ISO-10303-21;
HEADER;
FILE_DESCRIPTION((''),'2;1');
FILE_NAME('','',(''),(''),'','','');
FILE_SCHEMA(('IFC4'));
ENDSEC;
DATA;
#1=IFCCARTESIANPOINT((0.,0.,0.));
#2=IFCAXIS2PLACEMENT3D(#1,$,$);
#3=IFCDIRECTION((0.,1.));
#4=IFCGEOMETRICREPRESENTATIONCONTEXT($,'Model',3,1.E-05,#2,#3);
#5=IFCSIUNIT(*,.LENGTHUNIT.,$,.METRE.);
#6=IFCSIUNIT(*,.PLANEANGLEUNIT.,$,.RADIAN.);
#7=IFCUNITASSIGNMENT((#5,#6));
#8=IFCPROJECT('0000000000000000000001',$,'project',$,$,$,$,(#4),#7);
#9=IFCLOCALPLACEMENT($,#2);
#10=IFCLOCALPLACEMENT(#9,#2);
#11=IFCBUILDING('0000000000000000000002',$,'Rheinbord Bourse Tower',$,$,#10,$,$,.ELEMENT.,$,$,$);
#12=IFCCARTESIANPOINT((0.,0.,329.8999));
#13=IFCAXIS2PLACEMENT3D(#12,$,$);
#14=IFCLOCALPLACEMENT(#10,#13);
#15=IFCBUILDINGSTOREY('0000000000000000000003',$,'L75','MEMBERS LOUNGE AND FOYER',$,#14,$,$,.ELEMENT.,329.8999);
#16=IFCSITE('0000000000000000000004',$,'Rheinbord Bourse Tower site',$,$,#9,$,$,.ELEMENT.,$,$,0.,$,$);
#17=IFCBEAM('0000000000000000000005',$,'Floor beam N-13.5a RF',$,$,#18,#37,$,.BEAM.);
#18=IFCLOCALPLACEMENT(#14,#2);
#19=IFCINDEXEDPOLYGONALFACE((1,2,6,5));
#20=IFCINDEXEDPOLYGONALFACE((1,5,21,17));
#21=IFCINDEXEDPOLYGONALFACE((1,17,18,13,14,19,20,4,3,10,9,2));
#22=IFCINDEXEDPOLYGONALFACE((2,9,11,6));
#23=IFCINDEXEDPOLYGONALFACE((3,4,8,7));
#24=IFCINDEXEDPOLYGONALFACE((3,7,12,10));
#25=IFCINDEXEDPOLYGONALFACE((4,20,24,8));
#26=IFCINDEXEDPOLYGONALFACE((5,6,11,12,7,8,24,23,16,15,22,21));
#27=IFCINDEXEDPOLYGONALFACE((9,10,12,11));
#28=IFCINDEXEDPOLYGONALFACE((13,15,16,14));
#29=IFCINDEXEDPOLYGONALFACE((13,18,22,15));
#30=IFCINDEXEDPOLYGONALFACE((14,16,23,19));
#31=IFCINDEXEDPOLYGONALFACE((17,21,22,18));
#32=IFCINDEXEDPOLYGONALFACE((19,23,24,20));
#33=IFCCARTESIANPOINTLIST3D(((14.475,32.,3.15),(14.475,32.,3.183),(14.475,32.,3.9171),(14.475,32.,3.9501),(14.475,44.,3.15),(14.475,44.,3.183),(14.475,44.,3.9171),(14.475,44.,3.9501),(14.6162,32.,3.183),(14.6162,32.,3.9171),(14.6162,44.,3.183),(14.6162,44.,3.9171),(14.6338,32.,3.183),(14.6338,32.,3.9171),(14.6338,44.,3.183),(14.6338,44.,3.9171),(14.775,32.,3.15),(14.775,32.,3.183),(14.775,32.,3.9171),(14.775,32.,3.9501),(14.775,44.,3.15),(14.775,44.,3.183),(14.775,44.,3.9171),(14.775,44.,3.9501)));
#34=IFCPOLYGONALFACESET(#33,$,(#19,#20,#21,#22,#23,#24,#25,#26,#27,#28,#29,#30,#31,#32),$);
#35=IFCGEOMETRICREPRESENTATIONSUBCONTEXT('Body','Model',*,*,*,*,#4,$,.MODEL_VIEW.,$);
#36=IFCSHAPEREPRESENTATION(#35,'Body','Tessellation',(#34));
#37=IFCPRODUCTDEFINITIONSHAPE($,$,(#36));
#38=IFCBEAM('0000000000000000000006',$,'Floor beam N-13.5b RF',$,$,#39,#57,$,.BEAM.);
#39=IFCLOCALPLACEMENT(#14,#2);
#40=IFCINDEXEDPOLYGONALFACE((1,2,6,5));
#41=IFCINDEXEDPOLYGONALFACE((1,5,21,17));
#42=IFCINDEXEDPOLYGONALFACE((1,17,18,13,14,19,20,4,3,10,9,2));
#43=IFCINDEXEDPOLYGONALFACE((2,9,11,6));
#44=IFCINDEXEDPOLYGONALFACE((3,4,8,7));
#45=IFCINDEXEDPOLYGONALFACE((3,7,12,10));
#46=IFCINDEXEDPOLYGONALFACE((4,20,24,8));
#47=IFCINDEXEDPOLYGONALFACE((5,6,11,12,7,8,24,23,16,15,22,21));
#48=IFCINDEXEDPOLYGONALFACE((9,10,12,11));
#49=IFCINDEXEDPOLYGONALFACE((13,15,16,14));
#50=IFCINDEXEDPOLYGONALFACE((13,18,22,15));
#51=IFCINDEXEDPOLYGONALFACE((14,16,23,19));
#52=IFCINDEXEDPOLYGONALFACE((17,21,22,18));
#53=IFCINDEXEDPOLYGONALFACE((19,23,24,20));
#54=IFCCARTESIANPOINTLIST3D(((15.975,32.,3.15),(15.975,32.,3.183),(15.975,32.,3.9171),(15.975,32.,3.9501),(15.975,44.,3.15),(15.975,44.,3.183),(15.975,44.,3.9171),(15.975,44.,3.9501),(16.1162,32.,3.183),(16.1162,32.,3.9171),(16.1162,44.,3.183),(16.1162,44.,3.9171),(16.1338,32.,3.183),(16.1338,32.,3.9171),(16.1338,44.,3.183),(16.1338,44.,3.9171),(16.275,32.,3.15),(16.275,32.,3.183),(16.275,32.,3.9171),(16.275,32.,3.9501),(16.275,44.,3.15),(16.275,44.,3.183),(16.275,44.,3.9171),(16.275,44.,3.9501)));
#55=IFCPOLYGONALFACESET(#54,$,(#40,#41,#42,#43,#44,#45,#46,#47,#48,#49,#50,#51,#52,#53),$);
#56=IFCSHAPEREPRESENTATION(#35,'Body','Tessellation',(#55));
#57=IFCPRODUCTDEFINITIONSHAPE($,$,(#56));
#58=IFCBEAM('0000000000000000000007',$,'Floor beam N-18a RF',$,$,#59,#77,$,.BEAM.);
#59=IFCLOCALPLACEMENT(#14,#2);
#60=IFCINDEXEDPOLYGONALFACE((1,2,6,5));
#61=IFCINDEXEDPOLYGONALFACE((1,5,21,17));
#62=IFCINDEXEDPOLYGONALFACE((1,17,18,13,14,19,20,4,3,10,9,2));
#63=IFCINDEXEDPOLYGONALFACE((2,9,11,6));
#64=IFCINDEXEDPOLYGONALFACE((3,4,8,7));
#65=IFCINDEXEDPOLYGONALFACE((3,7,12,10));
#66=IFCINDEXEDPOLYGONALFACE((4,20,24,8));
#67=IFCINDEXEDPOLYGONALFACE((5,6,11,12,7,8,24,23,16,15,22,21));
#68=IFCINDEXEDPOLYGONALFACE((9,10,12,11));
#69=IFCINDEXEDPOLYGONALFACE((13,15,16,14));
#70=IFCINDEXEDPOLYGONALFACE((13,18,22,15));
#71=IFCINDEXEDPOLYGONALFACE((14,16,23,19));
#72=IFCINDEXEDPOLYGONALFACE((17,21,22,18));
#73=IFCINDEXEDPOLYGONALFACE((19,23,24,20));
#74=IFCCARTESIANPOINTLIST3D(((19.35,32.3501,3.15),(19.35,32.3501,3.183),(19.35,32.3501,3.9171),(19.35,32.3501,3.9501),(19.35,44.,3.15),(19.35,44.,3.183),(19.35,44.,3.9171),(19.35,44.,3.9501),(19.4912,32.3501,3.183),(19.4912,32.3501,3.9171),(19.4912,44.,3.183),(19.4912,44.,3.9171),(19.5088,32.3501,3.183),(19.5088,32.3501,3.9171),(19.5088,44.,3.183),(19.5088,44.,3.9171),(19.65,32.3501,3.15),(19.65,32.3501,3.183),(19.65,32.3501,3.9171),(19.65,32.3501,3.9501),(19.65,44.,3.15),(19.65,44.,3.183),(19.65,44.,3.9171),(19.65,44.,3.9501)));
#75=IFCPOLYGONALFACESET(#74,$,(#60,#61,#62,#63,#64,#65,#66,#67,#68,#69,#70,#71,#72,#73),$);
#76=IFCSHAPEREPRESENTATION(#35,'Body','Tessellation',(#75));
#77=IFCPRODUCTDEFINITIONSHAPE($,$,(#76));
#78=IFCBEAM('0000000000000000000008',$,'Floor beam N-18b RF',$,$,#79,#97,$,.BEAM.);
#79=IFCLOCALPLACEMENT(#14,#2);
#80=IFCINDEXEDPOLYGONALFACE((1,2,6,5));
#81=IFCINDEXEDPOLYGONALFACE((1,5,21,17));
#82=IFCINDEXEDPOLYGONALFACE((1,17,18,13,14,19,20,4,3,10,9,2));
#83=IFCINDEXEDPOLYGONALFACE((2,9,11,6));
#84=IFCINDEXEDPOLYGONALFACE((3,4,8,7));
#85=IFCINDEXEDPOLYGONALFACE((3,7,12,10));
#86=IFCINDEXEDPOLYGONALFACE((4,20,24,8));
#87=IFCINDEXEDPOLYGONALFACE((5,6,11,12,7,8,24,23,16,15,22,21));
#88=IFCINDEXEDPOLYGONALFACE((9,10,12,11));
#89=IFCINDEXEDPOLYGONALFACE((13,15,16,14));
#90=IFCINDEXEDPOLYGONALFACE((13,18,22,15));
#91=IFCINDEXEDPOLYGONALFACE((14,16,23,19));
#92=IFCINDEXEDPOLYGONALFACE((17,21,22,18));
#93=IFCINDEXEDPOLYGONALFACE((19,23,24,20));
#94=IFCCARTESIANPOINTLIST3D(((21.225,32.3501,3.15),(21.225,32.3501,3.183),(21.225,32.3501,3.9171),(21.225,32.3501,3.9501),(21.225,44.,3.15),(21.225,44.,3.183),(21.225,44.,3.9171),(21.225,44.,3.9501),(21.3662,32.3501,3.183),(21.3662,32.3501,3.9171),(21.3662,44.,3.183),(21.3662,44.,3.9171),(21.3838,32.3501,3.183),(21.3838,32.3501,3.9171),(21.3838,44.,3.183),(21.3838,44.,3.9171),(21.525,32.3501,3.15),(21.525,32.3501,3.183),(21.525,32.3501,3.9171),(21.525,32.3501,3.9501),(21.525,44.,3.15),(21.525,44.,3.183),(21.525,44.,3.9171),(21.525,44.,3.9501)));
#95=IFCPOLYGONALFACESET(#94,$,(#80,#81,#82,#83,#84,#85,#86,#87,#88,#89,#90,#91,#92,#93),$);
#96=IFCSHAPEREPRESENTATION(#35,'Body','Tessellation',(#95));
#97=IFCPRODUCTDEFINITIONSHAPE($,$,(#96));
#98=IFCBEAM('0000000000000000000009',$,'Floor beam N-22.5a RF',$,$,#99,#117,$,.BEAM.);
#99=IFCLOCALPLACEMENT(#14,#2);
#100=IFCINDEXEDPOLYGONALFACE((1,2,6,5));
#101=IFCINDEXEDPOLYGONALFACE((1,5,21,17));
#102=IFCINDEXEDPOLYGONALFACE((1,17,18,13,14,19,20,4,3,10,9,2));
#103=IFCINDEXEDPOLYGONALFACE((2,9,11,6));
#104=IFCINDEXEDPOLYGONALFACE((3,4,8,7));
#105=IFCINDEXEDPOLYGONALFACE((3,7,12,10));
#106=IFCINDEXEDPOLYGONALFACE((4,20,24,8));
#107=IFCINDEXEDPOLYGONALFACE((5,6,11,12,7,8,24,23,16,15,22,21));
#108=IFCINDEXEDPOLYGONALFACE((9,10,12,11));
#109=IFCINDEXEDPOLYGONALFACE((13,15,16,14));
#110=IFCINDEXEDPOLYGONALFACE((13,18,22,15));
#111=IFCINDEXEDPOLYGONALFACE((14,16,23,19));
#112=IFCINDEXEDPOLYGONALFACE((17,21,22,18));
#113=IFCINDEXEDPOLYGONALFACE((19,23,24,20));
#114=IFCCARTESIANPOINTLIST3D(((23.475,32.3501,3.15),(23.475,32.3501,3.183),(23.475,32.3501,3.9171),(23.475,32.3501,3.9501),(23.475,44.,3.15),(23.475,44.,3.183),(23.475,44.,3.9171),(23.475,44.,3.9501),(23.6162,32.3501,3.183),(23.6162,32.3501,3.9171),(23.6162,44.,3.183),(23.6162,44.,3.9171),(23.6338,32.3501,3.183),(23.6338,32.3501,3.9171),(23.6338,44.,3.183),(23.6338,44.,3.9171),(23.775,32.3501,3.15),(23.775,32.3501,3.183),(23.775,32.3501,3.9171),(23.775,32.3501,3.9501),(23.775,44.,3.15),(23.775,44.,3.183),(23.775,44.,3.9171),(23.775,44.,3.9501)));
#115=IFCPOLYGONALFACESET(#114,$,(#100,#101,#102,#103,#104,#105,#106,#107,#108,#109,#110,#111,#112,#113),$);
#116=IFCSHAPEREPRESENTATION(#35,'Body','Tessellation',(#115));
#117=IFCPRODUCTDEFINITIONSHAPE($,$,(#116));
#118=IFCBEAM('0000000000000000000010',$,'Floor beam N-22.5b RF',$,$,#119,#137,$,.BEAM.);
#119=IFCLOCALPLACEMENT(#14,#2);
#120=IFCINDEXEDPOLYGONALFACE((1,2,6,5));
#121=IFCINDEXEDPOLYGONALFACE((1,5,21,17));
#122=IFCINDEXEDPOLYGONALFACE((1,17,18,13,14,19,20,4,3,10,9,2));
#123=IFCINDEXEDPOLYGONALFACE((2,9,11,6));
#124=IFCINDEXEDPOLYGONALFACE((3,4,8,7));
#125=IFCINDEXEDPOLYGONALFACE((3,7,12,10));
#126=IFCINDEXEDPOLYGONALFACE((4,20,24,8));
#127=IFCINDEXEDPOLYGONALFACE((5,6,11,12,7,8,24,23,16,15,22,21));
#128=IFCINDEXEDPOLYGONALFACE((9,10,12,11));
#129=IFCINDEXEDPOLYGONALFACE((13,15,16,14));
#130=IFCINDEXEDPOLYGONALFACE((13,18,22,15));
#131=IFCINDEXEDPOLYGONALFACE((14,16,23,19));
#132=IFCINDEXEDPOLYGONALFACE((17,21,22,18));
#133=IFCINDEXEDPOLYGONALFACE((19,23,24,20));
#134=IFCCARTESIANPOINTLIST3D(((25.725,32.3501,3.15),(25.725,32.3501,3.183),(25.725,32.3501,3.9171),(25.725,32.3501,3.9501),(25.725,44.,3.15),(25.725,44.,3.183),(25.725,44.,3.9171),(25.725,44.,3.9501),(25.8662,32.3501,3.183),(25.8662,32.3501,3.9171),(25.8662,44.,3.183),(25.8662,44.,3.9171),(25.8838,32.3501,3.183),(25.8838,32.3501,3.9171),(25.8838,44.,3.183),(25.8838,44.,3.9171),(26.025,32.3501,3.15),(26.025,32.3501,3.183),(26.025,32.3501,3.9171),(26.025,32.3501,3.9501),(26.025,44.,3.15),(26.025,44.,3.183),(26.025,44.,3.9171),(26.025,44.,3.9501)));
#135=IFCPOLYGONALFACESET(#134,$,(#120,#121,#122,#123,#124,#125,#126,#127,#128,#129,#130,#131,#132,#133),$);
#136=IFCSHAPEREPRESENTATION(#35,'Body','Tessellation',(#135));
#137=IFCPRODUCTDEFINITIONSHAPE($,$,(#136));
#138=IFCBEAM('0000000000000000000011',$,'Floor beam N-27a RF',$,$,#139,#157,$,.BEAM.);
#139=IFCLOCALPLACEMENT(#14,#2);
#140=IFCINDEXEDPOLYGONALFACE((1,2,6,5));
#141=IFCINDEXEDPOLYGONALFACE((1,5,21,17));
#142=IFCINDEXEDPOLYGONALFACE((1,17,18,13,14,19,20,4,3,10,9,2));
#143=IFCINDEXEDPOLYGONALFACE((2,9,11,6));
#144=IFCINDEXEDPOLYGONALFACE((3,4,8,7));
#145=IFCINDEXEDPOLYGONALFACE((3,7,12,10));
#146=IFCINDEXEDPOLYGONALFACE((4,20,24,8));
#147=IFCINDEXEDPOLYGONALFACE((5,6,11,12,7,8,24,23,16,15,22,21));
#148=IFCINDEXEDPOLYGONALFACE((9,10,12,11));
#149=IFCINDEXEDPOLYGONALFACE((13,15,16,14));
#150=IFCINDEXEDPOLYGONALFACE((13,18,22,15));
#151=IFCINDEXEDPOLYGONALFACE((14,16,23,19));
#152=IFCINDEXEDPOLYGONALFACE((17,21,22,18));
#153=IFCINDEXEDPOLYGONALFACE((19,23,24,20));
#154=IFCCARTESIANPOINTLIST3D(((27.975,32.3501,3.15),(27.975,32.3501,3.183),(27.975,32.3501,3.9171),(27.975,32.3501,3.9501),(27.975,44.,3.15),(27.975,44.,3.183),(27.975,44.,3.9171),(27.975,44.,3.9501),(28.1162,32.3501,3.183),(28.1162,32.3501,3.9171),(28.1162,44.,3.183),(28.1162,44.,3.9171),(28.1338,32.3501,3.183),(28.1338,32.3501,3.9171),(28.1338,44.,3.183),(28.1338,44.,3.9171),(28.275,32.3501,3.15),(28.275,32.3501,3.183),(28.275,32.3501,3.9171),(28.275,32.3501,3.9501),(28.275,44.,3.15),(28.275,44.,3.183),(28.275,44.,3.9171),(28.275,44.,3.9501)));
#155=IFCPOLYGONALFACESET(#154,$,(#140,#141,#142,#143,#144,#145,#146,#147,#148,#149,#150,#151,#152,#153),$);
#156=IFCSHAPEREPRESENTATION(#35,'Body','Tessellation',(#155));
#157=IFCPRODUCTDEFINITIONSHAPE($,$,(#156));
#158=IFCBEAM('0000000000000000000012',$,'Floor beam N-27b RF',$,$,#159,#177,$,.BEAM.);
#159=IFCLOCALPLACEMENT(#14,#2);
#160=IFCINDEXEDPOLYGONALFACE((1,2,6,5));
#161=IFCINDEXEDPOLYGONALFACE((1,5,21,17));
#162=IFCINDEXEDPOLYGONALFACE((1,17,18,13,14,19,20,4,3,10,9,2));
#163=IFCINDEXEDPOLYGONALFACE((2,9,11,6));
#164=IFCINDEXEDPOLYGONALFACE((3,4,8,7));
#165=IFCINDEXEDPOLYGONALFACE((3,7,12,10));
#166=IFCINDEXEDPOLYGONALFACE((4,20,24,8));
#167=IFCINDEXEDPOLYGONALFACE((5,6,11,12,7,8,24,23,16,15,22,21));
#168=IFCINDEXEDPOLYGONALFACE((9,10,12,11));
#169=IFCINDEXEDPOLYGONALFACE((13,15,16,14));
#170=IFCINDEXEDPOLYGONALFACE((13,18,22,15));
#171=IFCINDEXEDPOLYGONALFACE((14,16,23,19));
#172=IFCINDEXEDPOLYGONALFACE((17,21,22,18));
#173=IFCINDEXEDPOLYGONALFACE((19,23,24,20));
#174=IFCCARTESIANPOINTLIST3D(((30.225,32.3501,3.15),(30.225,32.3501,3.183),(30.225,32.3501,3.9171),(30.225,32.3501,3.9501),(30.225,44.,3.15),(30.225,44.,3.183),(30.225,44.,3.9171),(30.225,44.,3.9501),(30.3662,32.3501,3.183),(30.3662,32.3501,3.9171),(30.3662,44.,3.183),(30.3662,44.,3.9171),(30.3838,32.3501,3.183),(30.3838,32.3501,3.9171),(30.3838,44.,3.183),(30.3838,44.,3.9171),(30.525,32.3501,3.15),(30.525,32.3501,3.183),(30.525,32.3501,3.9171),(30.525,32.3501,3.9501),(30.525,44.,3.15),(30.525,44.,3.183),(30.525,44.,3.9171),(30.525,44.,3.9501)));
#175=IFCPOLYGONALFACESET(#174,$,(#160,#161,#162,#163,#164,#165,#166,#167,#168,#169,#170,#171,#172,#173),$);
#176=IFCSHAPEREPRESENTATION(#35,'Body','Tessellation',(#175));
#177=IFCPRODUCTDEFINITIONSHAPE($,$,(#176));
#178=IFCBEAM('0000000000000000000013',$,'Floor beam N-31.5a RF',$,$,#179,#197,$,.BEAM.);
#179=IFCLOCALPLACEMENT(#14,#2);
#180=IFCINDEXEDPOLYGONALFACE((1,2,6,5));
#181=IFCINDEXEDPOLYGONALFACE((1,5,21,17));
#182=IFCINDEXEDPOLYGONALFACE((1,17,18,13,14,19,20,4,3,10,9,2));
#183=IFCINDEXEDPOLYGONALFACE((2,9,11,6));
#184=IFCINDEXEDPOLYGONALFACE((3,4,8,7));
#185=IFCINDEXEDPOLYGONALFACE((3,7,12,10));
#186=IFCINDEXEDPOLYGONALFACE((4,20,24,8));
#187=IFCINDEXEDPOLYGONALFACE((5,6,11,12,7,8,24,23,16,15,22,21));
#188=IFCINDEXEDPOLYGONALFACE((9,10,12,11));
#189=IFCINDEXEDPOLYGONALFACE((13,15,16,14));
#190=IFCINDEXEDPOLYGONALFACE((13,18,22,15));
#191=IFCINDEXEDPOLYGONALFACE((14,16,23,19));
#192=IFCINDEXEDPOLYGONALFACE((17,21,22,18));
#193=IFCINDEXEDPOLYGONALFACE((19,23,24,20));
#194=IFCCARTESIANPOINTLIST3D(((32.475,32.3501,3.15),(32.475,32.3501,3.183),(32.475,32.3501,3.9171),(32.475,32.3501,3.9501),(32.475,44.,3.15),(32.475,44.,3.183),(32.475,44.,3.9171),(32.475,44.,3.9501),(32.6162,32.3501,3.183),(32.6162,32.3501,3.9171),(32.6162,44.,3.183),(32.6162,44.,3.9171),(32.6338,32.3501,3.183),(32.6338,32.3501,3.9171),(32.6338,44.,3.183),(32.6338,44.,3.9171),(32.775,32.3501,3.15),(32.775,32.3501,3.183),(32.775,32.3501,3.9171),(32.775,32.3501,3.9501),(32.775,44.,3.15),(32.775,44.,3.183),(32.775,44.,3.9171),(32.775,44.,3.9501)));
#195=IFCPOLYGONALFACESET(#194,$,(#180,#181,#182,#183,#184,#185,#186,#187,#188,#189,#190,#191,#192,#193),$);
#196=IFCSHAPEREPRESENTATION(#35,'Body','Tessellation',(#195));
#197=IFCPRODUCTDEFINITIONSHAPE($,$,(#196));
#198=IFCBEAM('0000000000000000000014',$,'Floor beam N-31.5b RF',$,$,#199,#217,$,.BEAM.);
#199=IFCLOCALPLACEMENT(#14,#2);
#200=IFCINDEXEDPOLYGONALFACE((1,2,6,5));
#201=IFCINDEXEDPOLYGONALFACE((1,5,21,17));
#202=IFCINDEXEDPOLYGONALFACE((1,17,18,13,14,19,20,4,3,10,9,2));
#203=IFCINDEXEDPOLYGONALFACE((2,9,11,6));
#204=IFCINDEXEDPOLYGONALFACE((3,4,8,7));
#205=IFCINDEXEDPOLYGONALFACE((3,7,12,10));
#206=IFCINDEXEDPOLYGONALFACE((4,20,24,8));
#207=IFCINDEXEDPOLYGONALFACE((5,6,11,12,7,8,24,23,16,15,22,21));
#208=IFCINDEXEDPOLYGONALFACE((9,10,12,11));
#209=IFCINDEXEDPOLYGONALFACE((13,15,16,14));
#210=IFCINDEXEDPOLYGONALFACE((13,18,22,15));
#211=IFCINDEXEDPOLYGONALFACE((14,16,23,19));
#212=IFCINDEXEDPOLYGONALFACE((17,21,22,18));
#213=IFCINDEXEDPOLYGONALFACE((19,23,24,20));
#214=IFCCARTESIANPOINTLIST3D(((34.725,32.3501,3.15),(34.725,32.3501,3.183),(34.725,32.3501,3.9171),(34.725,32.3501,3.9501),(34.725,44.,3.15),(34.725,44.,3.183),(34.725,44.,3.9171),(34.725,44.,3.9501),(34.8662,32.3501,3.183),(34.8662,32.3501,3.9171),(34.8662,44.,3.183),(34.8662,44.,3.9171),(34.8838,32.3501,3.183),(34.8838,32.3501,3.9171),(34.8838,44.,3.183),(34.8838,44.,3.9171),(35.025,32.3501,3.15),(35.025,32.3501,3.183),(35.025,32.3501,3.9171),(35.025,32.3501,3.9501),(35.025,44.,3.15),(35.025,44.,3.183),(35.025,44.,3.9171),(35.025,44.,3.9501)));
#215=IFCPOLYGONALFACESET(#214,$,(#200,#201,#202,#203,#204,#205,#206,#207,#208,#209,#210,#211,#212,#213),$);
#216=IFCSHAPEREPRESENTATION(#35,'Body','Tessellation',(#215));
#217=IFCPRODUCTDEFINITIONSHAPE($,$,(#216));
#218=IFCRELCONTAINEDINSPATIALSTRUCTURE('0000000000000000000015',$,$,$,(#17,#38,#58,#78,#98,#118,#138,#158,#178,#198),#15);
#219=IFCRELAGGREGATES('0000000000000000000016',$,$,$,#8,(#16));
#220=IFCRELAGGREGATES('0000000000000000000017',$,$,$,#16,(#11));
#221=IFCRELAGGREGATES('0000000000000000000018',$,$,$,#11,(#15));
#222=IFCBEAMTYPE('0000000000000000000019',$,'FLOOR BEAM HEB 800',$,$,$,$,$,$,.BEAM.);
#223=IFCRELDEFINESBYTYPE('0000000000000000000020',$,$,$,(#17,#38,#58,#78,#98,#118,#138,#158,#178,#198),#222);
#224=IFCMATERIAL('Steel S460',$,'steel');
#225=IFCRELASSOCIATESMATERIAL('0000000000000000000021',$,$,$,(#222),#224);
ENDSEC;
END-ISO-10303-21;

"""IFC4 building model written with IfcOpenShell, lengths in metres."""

from ifc_helpers import new_model, si_unit, direction, frame, origin, origin_2d, place, context, subcontext, project, spatial, i_section, extrude, material, material_profile, profile_set, type_object, element, save


model = new_model("IFC4")

# Units and contexts
model_context = context("Model", 3, precision=1e-05, world=origin(), true_north=direction((0.0, 1.0)))
body_context = subcontext(model_context, "Body", "Model", "MODEL_VIEW")
ifc_project = project(units=[si_unit("LENGTHUNIT", "METRE"), si_unit("PLANEANGLEUNIT", "RADIAN")], contexts=[model_context])

# Site, building, storey
site_placement = place(None, origin())
site = spatial("IfcSite", under=ifc_project, at=site_placement, Name="Rheinbord Bourse Tower site", CompositionType="ELEMENT", RefElevation=0.0)
building_placement = place(site_placement, origin())
building = spatial("IfcBuilding", under=site, at=building_placement, Name="Rheinbord Bourse Tower", CompositionType="ELEMENT")
storey_placement = place(building_placement, frame((0.0, 0.0, 329.8999)))
storey = spatial("IfcBuildingStorey", under=building, at=storey_placement, Name="L75", Description="MEMBERS LOUNGE AND FOYER", CompositionType="ELEMENT", Elevation=329.8999)

# Beams
ifc_material_1 = material(Name="Steel S460", Category="steel")
ifc_material_profile_1 = material_profile(ifc_material_1, i_section(OverallWidth=0.3, OverallDepth=0.8, WebThickness=0.0176, FlangeThickness=0.033, at=origin_2d()), Name="HEB 800")
ifc_profile_set_1 = profile_set([ifc_material_profile_1], Name="Steel S460")
beam_type_1 = type_object("IfcBeamType", Name="FLOOR BEAM HEB 800", PredefinedType="BEAM", material=ifc_profile_set_1)
for number, where, z_axis, x_axis, name in (
    (1, (14.625, 44.0, 3.55), (0.0, -1.0, 0.0), (1.0, 0.0, 0.0), "Floor beam N-13.5a RF"),
    (2, (16.125, 44.0, 3.55), (0.0, -1.0, 0.0), (1.0, 0.0, 0.0), "Floor beam N-13.5b RF"),
):
    element("IfcBeam", number, at=place(storey_placement, frame(where, z_axis=z_axis, x_axis=x_axis)), inside=storey, type_object=beam_type_1, Name=name, PredefinedType="BEAM", context=body_context, shape_type="SweptSolid", body=[
        extrude(i_section(OverallWidth=0.3, OverallDepth=0.8, WebThickness=0.0176, FlangeThickness=0.033, at=origin_2d()), origin(), (0.0, 0.0, 1.0), 12.0),
    ])
for number, where, z_axis, x_axis, name in (
    (3, (19.5, 44.0, 3.55), (0.0, -1.0, 0.0), (1.0, 0.0, 0.0), "Floor beam N-18a RF"),
    (4, (21.375, 44.0, 3.55), (0.0, -1.0, 0.0), (1.0, 0.0, 0.0), "Floor beam N-18b RF"),
    (5, (23.625, 44.0, 3.55), (0.0, -1.0, 0.0), (1.0, 0.0, 0.0), "Floor beam N-22.5a RF"),
    (6, (25.875, 44.0, 3.55), (0.0, -1.0, 0.0), (1.0, 0.0, 0.0), "Floor beam N-22.5b RF"),
    (7, (28.125, 44.0, 3.55), (0.0, -1.0, 0.0), (1.0, 0.0, 0.0), "Floor beam N-27a RF"),
    (8, (30.375, 44.0, 3.55), (0.0, -1.0, 0.0), (1.0, 0.0, 0.0), "Floor beam N-27b RF"),
    (9, (32.625, 44.0, 3.55), (0.0, -1.0, 0.0), (1.0, 0.0, 0.0), "Floor beam N-31.5a RF"),
    (10, (34.875, 44.0, 3.55), (0.0, -1.0, 0.0), (1.0, 0.0, 0.0), "Floor beam N-31.5b RF"),
):
    element("IfcBeam", number, at=place(storey_placement, frame(where, z_axis=z_axis, x_axis=x_axis)), inside=storey, type_object=beam_type_1, Name=name, PredefinedType="BEAM", context=body_context, shape_type="SweptSolid", body=[
        extrude(i_section(OverallWidth=0.3, OverallDepth=0.8, WebThickness=0.0176, FlangeThickness=0.033, at=origin_2d()), origin(), (0.0, 0.0, 1.0), 11.6499),
    ])

save(model, "model.ifc")
